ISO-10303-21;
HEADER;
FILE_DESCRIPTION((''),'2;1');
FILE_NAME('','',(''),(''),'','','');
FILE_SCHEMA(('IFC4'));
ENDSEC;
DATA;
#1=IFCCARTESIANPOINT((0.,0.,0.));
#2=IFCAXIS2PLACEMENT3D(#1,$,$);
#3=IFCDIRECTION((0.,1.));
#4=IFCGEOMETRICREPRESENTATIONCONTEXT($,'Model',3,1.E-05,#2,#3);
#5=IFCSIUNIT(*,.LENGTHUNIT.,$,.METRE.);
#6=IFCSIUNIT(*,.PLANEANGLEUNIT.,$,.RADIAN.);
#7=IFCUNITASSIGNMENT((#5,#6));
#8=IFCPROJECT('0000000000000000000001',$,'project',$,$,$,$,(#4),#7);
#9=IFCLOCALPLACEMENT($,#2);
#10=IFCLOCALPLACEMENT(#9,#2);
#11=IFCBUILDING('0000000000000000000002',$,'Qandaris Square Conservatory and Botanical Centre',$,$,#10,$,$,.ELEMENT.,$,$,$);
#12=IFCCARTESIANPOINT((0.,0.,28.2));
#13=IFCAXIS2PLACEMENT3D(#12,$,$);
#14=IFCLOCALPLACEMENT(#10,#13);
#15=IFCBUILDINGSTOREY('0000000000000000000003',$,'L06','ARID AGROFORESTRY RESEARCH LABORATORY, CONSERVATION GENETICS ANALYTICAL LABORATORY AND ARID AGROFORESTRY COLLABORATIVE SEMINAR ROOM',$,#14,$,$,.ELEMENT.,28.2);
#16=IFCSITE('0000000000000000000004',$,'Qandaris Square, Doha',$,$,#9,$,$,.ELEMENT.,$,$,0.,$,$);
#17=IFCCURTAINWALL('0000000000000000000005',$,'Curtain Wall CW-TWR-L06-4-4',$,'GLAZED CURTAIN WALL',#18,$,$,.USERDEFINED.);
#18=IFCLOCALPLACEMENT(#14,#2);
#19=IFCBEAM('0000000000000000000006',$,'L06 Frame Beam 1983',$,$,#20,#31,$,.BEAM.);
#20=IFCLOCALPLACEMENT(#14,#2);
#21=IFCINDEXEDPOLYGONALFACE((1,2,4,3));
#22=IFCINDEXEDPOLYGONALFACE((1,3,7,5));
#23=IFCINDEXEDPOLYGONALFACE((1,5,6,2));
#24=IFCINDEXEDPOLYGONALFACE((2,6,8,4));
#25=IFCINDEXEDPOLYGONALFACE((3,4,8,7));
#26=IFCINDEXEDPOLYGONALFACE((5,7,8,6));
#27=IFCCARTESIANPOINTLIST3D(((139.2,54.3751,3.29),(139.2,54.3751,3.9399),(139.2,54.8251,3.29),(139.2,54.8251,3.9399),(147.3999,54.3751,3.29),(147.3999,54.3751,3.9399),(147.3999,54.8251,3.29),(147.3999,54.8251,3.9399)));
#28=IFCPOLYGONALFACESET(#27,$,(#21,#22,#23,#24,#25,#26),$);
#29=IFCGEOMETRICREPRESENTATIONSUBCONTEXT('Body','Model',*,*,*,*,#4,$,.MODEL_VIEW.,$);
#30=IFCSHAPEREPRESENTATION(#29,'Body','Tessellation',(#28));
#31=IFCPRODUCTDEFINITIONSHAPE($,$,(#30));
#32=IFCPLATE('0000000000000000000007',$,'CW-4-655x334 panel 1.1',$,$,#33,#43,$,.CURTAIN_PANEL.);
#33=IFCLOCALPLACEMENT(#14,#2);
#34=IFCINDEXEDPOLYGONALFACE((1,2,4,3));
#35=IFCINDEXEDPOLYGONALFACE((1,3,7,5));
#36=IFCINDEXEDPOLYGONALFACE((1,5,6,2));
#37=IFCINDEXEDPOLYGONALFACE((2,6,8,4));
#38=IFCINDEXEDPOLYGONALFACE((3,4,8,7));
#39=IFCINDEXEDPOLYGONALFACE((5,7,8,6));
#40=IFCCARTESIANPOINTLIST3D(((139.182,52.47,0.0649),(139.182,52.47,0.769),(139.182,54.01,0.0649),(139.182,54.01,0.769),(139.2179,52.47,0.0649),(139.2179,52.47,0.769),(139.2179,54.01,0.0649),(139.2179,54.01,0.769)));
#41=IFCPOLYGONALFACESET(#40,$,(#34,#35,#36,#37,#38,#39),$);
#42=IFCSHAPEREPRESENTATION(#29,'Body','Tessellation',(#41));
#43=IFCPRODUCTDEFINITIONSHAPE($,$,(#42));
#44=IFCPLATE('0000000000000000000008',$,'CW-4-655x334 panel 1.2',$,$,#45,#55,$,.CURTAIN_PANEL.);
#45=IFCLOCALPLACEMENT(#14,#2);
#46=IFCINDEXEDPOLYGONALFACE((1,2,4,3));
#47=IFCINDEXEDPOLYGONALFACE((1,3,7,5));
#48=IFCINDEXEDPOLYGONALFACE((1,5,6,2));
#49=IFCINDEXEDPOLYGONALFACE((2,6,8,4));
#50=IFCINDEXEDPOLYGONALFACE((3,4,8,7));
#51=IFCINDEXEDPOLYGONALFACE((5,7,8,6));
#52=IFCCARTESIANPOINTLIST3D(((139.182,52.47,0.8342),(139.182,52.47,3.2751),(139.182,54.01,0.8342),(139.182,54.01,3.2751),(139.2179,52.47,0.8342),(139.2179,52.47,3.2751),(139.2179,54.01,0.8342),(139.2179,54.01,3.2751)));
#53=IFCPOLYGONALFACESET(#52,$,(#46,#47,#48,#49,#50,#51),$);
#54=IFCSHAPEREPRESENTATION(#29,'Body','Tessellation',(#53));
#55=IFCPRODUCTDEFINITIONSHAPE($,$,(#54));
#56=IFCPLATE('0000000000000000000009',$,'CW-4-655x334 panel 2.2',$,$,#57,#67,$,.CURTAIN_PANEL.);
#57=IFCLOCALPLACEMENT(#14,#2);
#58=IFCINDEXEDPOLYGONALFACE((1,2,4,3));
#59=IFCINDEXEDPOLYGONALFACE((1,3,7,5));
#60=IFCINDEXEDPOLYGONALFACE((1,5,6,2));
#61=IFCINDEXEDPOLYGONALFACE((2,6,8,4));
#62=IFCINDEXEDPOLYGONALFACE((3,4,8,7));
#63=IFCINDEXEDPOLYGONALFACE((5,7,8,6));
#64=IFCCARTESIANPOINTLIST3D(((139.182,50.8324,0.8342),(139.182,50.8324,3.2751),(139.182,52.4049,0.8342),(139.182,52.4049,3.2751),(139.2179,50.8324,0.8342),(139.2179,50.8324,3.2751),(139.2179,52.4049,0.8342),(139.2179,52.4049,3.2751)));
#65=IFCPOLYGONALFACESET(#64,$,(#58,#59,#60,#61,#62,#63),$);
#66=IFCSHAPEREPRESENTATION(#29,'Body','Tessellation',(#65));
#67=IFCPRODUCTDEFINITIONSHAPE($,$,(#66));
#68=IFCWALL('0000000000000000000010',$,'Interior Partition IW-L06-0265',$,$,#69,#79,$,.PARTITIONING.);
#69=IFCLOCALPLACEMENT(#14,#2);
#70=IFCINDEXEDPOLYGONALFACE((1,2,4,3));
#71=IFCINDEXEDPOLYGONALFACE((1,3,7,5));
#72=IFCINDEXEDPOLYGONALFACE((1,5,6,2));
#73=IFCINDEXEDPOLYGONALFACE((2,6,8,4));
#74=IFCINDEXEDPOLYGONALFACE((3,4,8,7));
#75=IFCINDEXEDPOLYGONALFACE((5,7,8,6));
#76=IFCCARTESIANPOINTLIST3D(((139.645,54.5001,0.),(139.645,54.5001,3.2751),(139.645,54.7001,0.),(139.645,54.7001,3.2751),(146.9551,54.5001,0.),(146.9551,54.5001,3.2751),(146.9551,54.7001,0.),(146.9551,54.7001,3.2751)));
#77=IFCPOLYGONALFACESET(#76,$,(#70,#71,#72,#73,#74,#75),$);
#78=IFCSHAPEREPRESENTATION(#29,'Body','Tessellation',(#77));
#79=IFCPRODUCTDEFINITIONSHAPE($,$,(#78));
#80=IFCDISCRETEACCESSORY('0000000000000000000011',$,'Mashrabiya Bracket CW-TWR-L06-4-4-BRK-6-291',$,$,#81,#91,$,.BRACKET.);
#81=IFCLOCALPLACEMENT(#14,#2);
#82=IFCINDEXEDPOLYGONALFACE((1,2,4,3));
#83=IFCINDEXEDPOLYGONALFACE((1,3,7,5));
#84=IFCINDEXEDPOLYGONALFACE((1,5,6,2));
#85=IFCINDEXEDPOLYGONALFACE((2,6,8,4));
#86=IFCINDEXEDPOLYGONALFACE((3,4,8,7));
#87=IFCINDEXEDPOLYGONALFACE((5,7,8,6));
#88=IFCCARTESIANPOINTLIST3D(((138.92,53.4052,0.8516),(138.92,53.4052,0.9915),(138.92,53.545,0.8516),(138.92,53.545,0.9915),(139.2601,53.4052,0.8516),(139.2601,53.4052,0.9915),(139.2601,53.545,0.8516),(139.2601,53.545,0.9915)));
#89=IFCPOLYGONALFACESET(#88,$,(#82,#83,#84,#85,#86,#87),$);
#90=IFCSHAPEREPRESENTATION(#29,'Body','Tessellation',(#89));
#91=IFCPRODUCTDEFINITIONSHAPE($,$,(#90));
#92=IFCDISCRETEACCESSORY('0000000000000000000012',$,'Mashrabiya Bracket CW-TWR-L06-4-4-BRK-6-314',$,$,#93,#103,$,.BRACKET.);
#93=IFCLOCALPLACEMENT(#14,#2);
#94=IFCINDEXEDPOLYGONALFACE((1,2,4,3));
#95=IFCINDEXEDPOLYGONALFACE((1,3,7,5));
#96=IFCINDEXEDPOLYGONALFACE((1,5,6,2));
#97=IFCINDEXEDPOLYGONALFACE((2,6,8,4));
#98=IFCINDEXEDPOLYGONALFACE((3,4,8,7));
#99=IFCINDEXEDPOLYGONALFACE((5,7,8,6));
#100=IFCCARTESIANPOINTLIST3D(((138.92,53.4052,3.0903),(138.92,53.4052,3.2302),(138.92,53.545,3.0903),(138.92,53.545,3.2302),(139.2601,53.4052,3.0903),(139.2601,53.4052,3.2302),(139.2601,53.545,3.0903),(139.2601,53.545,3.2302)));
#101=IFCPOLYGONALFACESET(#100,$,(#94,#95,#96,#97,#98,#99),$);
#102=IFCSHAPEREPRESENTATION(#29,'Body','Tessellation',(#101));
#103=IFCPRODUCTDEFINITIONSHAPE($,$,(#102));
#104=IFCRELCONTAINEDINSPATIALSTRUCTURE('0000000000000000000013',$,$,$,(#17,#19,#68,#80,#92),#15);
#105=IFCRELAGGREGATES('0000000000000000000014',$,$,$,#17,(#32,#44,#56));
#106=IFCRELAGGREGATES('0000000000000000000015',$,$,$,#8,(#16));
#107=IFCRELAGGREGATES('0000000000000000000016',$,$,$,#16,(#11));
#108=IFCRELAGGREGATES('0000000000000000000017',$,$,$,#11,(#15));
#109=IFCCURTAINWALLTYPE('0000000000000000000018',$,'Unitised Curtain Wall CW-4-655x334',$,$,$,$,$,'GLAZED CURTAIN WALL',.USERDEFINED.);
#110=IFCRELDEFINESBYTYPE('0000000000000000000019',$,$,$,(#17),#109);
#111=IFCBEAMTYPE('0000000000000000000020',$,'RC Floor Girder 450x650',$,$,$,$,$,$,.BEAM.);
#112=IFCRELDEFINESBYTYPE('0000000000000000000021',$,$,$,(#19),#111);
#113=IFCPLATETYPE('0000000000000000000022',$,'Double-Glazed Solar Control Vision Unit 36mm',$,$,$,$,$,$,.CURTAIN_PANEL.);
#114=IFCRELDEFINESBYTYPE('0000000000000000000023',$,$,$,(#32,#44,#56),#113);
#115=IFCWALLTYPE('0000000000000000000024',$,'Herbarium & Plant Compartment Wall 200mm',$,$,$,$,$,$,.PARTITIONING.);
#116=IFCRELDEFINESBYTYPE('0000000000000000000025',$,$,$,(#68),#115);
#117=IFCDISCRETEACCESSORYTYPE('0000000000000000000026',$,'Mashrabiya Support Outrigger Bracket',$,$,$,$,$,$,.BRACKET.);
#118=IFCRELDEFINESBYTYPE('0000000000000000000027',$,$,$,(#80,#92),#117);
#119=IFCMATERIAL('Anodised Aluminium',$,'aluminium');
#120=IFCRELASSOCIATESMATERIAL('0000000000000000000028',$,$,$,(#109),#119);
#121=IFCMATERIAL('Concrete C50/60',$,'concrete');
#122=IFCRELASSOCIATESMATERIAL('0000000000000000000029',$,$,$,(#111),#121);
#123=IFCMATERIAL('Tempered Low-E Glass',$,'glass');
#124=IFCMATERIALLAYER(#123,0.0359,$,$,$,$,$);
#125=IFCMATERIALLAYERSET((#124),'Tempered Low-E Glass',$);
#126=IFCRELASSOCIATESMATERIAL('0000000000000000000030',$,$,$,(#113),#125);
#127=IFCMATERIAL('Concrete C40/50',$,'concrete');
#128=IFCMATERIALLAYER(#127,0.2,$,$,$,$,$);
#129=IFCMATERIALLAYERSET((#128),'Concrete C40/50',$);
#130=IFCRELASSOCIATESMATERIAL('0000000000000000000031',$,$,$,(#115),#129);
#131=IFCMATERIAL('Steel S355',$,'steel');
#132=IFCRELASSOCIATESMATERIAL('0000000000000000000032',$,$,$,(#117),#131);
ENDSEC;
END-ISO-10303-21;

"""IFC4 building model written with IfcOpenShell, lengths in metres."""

from ifc_helpers import new_model, si_unit, direction, frame, frame_2d, origin, origin_2d, place, context, subcontext, project, spatial, rectangle, extrude, material, layer, layer_set, material_profile, profile_set, type_object, element, aggregate, save


model = new_model("IFC4")

# Units and contexts
model_context = context("Model", 3, precision=1e-05, world=origin(), true_north=direction((0.0, 1.0)))
body_context = subcontext(model_context, "Body", "Model", "MODEL_VIEW")
ifc_project = project(units=[si_unit("LENGTHUNIT", "METRE"), si_unit("PLANEANGLEUNIT", "RADIAN")], contexts=[model_context])

# Site, building, storey
site_placement = place(None, origin())
site = spatial("IfcSite", under=ifc_project, at=site_placement, Name="Qandaris Square, Doha", CompositionType="ELEMENT", RefElevation=0.0)
building_placement = place(site_placement, origin())
building = spatial("IfcBuilding", under=site, at=building_placement, Name="Qandaris Square Conservatory and Botanical Centre", CompositionType="ELEMENT")
storey_placement = place(building_placement, frame((0.0, 0.0, 28.2)))
storey = spatial("IfcBuildingStorey", under=building, at=storey_placement, Name="L06", Description="ARID AGROFORESTRY RESEARCH LABORATORY, CONSERVATION GENETICS ANALYTICAL LABORATORY AND ARID AGROFORESTRY COLLABORATIVE SEMINAR ROOM", CompositionType="ELEMENT", Elevation=28.2)

# Shared definitions
ifc_material_1 = material(Name="Concrete C50/60", Category="concrete")

# Curtain wall
ifc_material_2 = material(Name="Anodised Aluminium", Category="aluminium")
curtain_wall_type = type_object("IfcCurtainWallType", Name="Unitised Curtain Wall CW-4-655x334", ElementType="GLAZED CURTAIN WALL", PredefinedType="USERDEFINED", material=ifc_material_2)
curtain_wall_placement = place(storey_placement, origin())
curtain_wall = element("IfcCurtainWall", 1, at=curtain_wall_placement, inside=storey, type_object=curtain_wall_type, Name="Curtain Wall CW-TWR-L06-4-4", ObjectType="GLAZED CURTAIN WALL", PredefinedType="USERDEFINED")

# Beam
ifc_material_3 = material(Name="Steel S355", Category="steel")
ifc_material_profile_1 = material_profile(ifc_material_1, rectangle(XDim=0.45, YDim=0.6499, at=origin_2d()), Name="RC-BM 450x650")
ifc_profile_set_1 = profile_set([ifc_material_profile_1], Name="Concrete C50/60")
beam_type_1 = type_object("IfcBeamType", Name="RC Floor Girder 450x650", PredefinedType="BEAM", material=ifc_profile_set_1)
beam_1_placement = place(storey_placement, frame((139.2, 54.6001, 3.615), z_axis=(1.0, 0.0, 0.0), x_axis=(0.0, 1.0, 0.0)))
element("IfcBeam", 2, at=beam_1_placement, inside=storey, type_object=beam_type_1, Name="L06 Frame Beam 1983", PredefinedType="BEAM", context=body_context, shape_type="SweptSolid", body=[
    extrude(rectangle(XDim=0.45, YDim=0.6499, at=origin_2d()), origin(), (0.0, 0.0, 1.0), 8.2),
])

# Plates
ifc_material_4 = material(Name="Tempered Low-E Glass", Category="glass")
ifc_layer_1 = layer(ifc_material_4, 0.0359)
ifc_layer_set_1 = layer_set([ifc_layer_1], Name="Tempered Low-E Glass")
plate_type = type_object("IfcPlateType", Name="Double-Glazed Solar Control Vision Unit 36mm", PredefinedType="CURTAIN_PANEL", material=ifc_layer_set_1)
plate_1_placement = place(storey_placement, frame((139.2, 53.24, 0.0649), z_axis=(0.0, 0.0, 1.0), x_axis=(0.0, -1.0, 0.0)))
plate_1 = element("IfcPlate", 3, at=plate_1_placement, type_object=plate_type, Name="CW-4-655x334 panel 1.1", PredefinedType="CURTAIN_PANEL", context=body_context, shape_type="SweptSolid", body=[
    extrude(rectangle(XDim=1.54, YDim=0.0359, at=origin_2d()), origin(), (0.0, 0.0, 1.0), 0.7041),
])
plate_2_placement = place(storey_placement, frame((139.2, 53.24, 0.8342), z_axis=(0.0, 0.0, 1.0), x_axis=(0.0, -1.0, 0.0)))
plate_2 = element("IfcPlate", 4, at=plate_2_placement, type_object=plate_type, Name="CW-4-655x334 panel 1.2", PredefinedType="CURTAIN_PANEL", context=body_context, shape_type="SweptSolid", body=[
    extrude(rectangle(XDim=1.54, YDim=0.0359, at=origin_2d()), origin(), (0.0, 0.0, 1.0), 2.4409),
])
plate_3_placement = place(storey_placement, frame((139.2, 51.6187, 0.8342), z_axis=(0.0, 0.0, 1.0), x_axis=(0.0, -1.0, 0.0)))
plate_3 = element("IfcPlate", 5, at=plate_3_placement, type_object=plate_type, Name="CW-4-655x334 panel 2.2", PredefinedType="CURTAIN_PANEL", context=body_context, shape_type="SweptSolid", body=[
    extrude(rectangle(XDim=1.5725, YDim=0.0359, at=origin_2d()), origin(), (0.0, 0.0, 1.0), 2.4409),
])
aggregate(curtain_wall, [plate_1, plate_2, plate_3])

# Wall
ifc_material_5 = material(Name="Concrete C40/50", Category="concrete")
ifc_layer_2 = layer(ifc_material_5, 0.2)
ifc_layer_set_2 = layer_set([ifc_layer_2], Name="Concrete C40/50")
wall_type = type_object("IfcWallType", Name="Herbarium & Plant Compartment Wall 200mm", PredefinedType="PARTITIONING", material=ifc_layer_set_2)
wall_placement = place(storey_placement, frame((139.645, 54.6001, 0.0), z_axis=(0.0, 0.0, 1.0), x_axis=(1.0, 0.0, 0.0)))
element("IfcWall", 6, at=wall_placement, inside=storey, type_object=wall_type, Name="Interior Partition IW-L06-0265", PredefinedType="PARTITIONING", context=body_context, shape_type="SweptSolid", body=[
    extrude(rectangle(XDim=7.3101, YDim=0.2, at=frame_2d((3.655, 0.0))), origin(), (0.0, 0.0, 1.0), 3.2751),
])

# Discrete accessories
discrete_accessory_type = type_object("IfcDiscreteAccessoryType", Name="Mashrabiya Support Outrigger Bracket", PredefinedType="BRACKET", material=ifc_material_3)
for number, where, z_axis, x_axis, name in (
    (7, (139.0901, 53.4751, 0.8516), (0.0, 0.0, 1.0), (0.0, -1.0, 0.0), "Mashrabiya Bracket CW-TWR-L06-4-4-BRK-6-291"),
    (8, (139.0901, 53.4751, 3.0903), (0.0, 0.0, 1.0), (0.0, -1.0, 0.0), "Mashrabiya Bracket CW-TWR-L06-4-4-BRK-6-314"),
):
    element("IfcDiscreteAccessory", number, at=place(storey_placement, frame(where, z_axis=z_axis, x_axis=x_axis)), inside=storey, type_object=discrete_accessory_type, Name=name, PredefinedType="BRACKET", context=body_context, shape_type="SweptSolid", body=[
        extrude(rectangle(XDim=0.1399, YDim=0.3401, at=origin_2d()), origin(), (0.0, 0.0, 1.0), 0.1399),
    ])

save(model, "model.ifc")
